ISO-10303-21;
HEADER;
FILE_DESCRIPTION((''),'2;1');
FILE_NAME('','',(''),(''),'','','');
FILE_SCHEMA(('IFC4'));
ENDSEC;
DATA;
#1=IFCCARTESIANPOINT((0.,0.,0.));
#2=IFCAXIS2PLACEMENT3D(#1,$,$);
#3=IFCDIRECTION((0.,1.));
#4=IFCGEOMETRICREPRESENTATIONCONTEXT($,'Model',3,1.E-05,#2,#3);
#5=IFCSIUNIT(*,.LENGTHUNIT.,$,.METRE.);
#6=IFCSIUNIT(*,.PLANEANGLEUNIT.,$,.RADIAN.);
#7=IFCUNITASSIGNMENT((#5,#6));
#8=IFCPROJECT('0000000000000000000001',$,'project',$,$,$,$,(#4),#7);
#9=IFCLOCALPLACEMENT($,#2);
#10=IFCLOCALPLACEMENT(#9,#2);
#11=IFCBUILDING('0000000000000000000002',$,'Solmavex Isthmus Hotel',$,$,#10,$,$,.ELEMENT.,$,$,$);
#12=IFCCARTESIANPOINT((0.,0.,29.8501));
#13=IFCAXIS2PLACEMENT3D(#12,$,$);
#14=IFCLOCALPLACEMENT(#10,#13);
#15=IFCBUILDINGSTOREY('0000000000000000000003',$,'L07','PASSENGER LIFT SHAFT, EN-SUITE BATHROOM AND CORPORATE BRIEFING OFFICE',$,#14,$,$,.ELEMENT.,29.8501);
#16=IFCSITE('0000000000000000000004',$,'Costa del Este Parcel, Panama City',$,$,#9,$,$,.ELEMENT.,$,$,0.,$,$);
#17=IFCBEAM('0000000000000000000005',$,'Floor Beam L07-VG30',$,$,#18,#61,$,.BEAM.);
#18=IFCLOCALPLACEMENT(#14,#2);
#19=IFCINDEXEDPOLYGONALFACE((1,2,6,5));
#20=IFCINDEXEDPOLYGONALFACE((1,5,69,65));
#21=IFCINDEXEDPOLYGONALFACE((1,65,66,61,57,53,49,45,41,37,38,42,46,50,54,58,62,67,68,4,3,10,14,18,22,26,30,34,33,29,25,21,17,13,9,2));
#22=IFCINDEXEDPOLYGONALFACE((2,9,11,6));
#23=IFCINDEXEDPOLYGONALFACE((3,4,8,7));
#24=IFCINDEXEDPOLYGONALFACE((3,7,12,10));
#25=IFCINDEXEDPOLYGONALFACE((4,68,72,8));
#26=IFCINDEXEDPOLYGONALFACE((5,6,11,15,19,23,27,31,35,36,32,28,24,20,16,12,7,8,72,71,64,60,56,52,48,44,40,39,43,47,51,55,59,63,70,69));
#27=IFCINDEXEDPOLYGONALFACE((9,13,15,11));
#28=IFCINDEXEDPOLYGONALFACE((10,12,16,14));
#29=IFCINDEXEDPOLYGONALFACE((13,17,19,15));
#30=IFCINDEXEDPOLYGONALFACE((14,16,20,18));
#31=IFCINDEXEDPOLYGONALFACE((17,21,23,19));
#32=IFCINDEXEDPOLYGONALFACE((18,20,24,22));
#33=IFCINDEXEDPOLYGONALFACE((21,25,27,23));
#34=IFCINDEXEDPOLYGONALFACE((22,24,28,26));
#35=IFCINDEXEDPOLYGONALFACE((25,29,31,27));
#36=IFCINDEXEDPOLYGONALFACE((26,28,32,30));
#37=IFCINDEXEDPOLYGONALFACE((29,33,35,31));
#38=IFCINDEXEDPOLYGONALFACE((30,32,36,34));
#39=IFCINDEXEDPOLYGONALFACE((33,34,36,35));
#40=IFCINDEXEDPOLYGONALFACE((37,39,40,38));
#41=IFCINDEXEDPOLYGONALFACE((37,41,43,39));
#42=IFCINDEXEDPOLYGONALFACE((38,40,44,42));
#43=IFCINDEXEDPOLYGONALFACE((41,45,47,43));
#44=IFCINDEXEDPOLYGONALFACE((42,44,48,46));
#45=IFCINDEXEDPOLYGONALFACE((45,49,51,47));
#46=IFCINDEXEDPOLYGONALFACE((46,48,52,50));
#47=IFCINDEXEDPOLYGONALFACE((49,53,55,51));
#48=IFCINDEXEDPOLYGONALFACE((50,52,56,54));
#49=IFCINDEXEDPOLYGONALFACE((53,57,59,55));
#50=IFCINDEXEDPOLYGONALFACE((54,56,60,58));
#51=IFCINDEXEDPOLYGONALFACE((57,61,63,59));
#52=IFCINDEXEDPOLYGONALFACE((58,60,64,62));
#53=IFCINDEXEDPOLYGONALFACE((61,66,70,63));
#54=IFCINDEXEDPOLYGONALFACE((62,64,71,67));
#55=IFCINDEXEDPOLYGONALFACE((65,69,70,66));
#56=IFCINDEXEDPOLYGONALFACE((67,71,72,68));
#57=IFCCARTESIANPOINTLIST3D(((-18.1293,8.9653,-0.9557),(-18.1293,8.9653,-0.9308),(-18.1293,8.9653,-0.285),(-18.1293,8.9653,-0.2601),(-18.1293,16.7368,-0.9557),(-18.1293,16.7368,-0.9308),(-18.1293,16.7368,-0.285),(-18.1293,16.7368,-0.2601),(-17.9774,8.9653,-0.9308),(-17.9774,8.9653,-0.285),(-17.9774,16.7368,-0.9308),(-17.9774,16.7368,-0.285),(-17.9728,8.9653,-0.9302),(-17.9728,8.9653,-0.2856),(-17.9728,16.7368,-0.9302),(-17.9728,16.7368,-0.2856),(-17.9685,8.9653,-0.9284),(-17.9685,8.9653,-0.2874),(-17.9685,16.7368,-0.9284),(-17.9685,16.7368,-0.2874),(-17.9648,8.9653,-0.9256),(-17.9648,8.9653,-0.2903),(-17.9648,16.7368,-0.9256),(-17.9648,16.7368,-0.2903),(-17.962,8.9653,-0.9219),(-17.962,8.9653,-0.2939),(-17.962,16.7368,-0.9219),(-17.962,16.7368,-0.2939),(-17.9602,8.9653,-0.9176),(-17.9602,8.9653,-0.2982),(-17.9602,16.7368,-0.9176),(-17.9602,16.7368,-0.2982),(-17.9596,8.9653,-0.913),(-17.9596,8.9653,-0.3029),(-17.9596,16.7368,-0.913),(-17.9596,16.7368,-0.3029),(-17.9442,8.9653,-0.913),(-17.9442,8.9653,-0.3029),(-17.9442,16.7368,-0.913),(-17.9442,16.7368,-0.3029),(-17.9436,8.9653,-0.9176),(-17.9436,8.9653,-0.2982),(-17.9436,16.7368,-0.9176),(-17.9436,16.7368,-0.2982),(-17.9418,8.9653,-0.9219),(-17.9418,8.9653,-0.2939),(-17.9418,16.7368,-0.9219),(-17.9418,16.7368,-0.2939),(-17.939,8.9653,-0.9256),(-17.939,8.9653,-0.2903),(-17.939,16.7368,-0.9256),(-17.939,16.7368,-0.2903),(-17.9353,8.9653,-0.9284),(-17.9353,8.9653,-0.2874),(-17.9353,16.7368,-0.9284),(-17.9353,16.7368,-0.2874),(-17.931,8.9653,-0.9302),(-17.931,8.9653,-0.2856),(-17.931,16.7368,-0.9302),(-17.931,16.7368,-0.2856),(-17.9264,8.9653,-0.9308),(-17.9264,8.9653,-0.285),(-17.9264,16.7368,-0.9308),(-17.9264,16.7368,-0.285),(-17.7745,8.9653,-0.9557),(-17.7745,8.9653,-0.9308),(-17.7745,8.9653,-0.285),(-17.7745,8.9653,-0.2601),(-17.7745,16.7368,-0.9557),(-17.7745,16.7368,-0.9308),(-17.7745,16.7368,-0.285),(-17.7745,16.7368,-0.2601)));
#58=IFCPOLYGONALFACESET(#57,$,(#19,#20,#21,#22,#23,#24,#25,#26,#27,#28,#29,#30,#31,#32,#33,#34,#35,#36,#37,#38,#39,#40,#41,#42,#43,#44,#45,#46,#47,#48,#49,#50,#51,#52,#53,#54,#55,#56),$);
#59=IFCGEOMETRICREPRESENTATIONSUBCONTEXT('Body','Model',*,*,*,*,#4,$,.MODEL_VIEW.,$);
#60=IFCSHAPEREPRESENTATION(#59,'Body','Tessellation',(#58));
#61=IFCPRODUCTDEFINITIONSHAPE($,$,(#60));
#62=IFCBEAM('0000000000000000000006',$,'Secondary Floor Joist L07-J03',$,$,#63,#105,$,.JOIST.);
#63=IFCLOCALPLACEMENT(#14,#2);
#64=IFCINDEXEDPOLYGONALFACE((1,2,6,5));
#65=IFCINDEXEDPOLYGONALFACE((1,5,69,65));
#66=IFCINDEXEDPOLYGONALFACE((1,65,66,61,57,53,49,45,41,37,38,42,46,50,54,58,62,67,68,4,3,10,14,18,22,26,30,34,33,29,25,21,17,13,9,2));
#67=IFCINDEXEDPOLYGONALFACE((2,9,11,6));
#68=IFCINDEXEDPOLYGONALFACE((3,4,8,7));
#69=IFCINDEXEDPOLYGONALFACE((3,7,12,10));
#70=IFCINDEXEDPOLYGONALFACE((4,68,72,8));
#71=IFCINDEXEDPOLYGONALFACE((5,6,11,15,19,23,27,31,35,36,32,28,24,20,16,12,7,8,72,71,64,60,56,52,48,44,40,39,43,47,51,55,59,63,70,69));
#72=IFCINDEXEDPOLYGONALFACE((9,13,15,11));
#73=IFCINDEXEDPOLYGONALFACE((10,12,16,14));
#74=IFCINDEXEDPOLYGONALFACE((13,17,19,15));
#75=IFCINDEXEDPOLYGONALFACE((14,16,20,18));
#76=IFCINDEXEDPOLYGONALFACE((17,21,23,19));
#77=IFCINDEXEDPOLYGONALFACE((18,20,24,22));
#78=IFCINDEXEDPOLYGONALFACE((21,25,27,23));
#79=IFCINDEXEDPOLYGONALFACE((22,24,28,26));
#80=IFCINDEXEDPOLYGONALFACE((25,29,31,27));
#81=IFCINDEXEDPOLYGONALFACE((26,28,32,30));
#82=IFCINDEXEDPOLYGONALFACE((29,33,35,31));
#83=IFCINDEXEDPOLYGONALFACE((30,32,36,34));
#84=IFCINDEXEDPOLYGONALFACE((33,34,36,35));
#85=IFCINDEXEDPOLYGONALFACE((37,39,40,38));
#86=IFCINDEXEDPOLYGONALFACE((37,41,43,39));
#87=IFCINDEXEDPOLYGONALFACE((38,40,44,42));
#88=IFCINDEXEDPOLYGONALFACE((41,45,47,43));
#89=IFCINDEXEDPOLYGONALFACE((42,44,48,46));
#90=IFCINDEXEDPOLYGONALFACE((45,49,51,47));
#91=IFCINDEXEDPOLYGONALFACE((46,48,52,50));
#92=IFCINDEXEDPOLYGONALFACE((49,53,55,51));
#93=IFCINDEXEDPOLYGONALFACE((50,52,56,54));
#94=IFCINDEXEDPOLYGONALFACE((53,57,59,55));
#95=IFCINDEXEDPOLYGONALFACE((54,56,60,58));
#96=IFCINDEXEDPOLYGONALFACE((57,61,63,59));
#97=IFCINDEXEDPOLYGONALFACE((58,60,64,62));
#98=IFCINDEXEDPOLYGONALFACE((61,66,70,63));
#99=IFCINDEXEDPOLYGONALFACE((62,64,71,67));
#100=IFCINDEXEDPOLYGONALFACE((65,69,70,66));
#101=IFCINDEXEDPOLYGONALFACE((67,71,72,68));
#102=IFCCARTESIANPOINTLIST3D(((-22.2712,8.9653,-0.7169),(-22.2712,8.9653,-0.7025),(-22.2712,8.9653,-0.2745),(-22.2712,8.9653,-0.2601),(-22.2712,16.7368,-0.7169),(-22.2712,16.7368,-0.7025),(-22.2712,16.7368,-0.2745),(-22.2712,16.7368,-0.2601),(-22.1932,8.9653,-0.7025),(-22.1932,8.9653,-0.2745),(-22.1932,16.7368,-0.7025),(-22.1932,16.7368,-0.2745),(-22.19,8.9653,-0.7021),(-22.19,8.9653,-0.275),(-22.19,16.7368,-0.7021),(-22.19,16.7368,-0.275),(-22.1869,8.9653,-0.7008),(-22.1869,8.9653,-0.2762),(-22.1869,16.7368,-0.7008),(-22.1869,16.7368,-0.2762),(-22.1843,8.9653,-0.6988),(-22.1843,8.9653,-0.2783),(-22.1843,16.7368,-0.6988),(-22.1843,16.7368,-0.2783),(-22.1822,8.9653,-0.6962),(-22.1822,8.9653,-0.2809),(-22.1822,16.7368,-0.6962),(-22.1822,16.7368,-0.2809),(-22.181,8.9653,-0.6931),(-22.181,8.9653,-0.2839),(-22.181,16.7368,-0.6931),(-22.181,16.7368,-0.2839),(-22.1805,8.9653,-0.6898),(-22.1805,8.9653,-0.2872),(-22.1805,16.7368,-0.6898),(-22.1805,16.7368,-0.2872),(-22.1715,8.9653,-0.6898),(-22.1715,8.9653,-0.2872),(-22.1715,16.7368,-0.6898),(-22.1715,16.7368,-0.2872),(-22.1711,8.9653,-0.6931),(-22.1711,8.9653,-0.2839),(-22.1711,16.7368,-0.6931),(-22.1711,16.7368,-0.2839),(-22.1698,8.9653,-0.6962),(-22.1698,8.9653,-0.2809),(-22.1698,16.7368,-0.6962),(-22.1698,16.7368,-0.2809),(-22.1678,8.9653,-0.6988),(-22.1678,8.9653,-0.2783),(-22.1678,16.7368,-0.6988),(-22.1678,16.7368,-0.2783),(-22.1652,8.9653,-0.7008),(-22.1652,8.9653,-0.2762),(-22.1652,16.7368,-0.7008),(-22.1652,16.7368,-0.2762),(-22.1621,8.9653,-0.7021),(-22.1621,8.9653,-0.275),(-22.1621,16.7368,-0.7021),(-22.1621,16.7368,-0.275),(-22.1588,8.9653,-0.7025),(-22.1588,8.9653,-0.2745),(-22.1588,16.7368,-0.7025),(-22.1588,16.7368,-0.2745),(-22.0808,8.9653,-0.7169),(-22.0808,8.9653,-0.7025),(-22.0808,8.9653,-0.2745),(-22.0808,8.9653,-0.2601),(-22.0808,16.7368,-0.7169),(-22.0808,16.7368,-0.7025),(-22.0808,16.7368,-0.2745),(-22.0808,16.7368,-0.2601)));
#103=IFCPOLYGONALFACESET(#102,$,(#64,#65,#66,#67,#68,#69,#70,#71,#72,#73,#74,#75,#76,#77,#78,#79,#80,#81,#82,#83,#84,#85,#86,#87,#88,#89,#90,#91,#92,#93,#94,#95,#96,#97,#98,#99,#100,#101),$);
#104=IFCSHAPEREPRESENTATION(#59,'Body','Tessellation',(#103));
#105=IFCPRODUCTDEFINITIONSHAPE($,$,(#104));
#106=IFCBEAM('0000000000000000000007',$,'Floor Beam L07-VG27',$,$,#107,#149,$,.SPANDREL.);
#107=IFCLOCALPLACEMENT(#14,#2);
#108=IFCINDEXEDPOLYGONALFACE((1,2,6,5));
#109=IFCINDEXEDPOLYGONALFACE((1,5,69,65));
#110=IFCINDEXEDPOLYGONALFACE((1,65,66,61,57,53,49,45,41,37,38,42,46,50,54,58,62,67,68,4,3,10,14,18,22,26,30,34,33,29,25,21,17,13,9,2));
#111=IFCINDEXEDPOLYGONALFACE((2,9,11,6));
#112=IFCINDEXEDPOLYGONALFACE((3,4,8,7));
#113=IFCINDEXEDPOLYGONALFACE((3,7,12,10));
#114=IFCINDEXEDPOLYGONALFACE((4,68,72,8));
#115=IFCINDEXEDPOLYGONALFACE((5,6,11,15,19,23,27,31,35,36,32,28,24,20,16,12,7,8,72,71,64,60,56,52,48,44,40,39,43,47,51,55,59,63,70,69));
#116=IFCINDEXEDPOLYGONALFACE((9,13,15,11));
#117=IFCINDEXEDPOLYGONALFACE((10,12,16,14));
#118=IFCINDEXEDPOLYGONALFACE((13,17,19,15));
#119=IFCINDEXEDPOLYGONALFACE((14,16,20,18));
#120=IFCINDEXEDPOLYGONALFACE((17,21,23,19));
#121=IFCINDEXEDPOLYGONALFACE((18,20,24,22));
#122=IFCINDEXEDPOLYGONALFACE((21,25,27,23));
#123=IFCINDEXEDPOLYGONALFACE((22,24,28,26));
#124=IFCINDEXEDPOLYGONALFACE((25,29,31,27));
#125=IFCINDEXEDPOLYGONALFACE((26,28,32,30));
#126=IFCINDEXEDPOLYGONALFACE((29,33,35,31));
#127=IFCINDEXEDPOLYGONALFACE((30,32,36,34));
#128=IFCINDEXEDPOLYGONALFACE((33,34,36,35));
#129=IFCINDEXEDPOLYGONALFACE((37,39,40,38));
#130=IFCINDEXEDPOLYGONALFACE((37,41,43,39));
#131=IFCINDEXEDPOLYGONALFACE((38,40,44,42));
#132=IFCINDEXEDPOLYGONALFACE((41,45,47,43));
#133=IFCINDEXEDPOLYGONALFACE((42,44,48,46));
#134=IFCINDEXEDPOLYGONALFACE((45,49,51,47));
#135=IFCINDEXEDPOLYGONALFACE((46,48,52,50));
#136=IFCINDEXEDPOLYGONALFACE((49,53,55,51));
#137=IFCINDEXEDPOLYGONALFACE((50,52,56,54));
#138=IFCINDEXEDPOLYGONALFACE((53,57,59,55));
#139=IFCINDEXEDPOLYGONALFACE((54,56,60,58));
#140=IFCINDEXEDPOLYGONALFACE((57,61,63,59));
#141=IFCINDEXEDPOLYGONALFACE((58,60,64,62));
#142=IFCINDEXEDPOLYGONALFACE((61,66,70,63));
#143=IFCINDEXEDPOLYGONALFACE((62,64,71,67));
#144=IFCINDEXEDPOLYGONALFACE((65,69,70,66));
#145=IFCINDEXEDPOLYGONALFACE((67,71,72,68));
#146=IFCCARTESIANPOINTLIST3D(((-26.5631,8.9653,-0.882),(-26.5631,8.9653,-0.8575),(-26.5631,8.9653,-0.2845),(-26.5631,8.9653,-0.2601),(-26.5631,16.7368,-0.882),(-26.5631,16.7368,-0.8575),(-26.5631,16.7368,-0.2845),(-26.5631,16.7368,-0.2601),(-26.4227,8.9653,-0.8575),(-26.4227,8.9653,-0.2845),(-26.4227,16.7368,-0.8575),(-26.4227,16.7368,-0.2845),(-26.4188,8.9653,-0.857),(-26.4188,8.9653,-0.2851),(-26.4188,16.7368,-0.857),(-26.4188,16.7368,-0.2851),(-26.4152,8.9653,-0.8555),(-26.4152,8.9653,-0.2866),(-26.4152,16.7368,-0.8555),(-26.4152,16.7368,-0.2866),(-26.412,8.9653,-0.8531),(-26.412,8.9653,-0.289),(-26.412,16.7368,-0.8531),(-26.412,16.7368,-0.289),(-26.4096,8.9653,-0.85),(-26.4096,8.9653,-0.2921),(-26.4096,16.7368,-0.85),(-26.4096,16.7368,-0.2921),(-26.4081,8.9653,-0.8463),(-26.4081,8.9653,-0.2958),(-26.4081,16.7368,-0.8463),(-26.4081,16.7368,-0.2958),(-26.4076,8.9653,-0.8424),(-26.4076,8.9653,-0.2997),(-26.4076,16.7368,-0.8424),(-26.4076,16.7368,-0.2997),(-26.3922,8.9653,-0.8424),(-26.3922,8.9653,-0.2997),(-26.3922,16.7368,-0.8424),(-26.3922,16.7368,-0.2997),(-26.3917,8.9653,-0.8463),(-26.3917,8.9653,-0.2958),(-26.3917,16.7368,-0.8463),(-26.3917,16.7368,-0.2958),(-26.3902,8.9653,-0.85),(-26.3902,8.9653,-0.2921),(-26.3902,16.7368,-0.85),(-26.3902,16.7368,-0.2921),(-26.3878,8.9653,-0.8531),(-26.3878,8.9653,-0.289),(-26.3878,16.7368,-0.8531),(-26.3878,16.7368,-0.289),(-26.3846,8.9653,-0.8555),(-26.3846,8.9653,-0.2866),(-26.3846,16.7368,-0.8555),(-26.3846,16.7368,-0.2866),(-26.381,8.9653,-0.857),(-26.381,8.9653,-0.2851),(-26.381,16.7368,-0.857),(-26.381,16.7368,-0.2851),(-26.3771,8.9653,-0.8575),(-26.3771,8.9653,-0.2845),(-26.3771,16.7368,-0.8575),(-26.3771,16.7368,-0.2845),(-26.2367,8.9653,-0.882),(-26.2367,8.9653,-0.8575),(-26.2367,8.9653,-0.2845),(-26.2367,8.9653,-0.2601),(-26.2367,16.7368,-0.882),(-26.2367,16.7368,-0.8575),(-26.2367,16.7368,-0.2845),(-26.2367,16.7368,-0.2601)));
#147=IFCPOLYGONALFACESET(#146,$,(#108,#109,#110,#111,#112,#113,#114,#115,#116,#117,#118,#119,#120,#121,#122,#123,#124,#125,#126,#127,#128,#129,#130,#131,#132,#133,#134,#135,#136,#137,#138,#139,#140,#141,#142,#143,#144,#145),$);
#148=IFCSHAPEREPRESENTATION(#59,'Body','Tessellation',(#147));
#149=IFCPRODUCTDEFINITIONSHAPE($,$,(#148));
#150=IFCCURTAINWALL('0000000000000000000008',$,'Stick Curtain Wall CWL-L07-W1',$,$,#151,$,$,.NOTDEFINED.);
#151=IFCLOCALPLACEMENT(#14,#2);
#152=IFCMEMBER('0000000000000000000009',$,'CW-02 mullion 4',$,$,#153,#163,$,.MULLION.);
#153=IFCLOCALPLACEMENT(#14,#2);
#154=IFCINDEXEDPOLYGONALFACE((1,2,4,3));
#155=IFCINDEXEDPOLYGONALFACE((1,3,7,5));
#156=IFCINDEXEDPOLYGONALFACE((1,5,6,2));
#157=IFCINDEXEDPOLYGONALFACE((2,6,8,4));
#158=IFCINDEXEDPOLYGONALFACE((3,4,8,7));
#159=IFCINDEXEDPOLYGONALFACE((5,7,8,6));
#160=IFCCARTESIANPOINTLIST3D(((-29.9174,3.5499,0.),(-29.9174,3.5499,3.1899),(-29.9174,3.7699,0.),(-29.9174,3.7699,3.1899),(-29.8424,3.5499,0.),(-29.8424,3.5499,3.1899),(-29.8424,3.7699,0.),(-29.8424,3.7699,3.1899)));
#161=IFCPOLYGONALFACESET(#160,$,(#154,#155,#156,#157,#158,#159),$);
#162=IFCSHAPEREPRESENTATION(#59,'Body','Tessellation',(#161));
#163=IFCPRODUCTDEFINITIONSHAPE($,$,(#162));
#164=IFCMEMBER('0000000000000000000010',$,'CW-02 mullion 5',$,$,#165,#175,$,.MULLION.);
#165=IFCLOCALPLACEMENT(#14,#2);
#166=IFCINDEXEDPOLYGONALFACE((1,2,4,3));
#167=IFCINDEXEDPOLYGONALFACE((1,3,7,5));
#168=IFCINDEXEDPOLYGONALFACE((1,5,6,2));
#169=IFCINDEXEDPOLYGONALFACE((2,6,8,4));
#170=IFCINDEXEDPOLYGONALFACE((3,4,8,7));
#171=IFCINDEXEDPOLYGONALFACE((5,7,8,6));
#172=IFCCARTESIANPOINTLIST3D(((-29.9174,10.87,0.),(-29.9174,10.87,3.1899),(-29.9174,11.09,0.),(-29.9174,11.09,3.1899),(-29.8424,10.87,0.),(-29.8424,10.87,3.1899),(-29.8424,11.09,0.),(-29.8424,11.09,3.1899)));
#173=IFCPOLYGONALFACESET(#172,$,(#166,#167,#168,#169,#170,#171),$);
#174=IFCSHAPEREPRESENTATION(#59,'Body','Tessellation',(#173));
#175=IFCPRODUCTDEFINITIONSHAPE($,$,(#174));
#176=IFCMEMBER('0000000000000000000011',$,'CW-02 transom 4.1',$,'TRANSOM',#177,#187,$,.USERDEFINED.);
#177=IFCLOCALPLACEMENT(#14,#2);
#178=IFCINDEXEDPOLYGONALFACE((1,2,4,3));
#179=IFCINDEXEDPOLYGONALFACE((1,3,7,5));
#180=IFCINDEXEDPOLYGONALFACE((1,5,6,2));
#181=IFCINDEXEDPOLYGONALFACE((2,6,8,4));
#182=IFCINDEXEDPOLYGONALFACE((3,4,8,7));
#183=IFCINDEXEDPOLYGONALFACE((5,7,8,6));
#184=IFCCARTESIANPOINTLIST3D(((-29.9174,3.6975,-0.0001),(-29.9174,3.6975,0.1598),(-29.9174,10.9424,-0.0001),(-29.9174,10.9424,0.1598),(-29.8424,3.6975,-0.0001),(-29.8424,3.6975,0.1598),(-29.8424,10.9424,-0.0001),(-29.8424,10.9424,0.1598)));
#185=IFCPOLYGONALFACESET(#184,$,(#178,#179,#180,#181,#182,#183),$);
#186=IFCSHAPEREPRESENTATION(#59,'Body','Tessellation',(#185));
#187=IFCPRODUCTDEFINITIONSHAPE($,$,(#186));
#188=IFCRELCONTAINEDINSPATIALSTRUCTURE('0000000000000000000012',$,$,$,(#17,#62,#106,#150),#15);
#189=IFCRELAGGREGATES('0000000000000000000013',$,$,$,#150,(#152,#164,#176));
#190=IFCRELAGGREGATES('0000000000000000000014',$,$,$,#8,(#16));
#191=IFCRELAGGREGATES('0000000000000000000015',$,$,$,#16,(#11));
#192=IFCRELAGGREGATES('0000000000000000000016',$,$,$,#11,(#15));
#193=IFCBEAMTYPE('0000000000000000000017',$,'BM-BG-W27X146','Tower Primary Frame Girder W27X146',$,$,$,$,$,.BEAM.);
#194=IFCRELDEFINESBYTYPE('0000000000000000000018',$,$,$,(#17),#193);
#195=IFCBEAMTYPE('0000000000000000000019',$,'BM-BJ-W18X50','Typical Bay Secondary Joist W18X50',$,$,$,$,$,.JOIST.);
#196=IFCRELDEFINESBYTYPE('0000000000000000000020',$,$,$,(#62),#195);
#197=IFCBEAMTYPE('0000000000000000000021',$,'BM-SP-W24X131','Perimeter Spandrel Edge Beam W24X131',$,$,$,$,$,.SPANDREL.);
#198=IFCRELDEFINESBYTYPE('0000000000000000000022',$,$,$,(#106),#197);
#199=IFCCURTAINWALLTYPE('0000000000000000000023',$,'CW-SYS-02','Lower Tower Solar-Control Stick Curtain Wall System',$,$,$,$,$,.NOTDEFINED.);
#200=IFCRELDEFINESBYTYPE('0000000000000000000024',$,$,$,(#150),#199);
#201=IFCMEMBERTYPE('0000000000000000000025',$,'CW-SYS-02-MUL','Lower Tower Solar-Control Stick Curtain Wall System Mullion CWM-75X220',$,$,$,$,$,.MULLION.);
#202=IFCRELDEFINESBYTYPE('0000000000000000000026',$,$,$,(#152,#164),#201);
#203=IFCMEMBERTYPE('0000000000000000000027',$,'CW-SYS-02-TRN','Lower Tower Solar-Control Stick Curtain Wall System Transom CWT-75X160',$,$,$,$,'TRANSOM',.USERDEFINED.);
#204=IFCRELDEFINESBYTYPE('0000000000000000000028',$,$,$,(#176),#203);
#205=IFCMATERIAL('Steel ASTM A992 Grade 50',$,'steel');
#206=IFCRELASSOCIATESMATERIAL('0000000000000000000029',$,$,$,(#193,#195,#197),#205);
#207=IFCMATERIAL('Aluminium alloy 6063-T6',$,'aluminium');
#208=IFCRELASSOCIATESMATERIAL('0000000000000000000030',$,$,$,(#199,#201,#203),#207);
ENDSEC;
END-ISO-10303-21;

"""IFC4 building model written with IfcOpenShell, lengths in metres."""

from ifc_helpers import new_model, si_unit, direction, frame, origin, origin_2d, place, context, subcontext, project, spatial, rectangle, i_section, extrude, material, material_profile, profile_set, type_object, element, aggregate, save


model = new_model("IFC4")

# Units and contexts
model_context = context("Model", 3, precision=1e-05, world=origin(), true_north=direction((0.0, 1.0)))
body_context = subcontext(model_context, "Body", "Model", "MODEL_VIEW")
ifc_project = project(units=[si_unit("LENGTHUNIT", "METRE"), si_unit("PLANEANGLEUNIT", "RADIAN")], contexts=[model_context])

# Site, building, storey
site_placement = place(None, origin())
site = spatial("IfcSite", under=ifc_project, at=site_placement, Name="Costa del Este Parcel, Panama City", CompositionType="ELEMENT", RefElevation=0.0)
building_placement = place(site_placement, origin())
building = spatial("IfcBuilding", under=site, at=building_placement, Name="Solmavex Isthmus Hotel", CompositionType="ELEMENT")
storey_placement = place(building_placement, frame((0.0, 0.0, 29.8501)))
storey = spatial("IfcBuildingStorey", under=building, at=storey_placement, Name="L07", Description="PASSENGER LIFT SHAFT, EN-SUITE BATHROOM AND CORPORATE BRIEFING OFFICE", CompositionType="ELEMENT", Elevation=29.8501)

# Beams
ifc_material_1 = material(Name="Steel ASTM A992 Grade 50", Category="steel")
ifc_material_profile_1 = material_profile(ifc_material_1, i_section(OverallWidth=0.3547, OverallDepth=0.6956, WebThickness=0.0154, FlangeThickness=0.0249, FilletRadius=0.0178, at=origin_2d()), Name="W27X146")
ifc_profile_set_1 = profile_set([ifc_material_profile_1], Name="Steel ASTM A992 Grade 50")
beam_type_1 = type_object("IfcBeamType", Name="BM-BG-W27X146", Description="Tower Primary Frame Girder W27X146", PredefinedType="BEAM", material=ifc_profile_set_1)
beam_1_placement = place(storey_placement, frame((-17.9519, 8.9653, -0.6079), z_axis=(0.0, 1.0, 0.0), x_axis=(-1.0, 0.0, 0.0)))
element("IfcBeam", 1, at=beam_1_placement, inside=storey, type_object=beam_type_1, Name="Floor Beam L07-VG30", PredefinedType="BEAM", context=body_context, shape_type="SweptSolid", body=[
    extrude(i_section(OverallWidth=0.3547, OverallDepth=0.6956, WebThickness=0.0154, FlangeThickness=0.0249, FilletRadius=0.0178, at=origin_2d()), origin(), (0.0, 0.0, 1.0), 7.7715),
])
ifc_material_profile_2 = material_profile(ifc_material_1, i_section(OverallWidth=0.1904, OverallDepth=0.4568, WebThickness=0.009, FlangeThickness=0.0144, FilletRadius=0.0127, at=origin_2d()), Name="W18X50")
ifc_profile_set_2 = profile_set([ifc_material_profile_2], Name="Steel ASTM A992 Grade 50")
beam_type_2 = type_object("IfcBeamType", Name="BM-BJ-W18X50", Description="Typical Bay Secondary Joist W18X50", PredefinedType="JOIST", material=ifc_profile_set_2)
beam_2_placement = place(storey_placement, frame((-22.176, 8.9653, -0.4885), z_axis=(0.0, 1.0, 0.0), x_axis=(-1.0, 0.0, 0.0)))
element("IfcBeam", 2, at=beam_2_placement, inside=storey, type_object=beam_type_2, Name="Secondary Floor Joist L07-J03", PredefinedType="JOIST", context=body_context, shape_type="SweptSolid", body=[
    extrude(i_section(OverallWidth=0.1904, OverallDepth=0.4568, WebThickness=0.009, FlangeThickness=0.0144, FilletRadius=0.0127, at=origin_2d()), origin(), (0.0, 0.0, 1.0), 7.7715),
])
ifc_material_profile_3 = material_profile(ifc_material_1, i_section(OverallWidth=0.3264, OverallDepth=0.6218, WebThickness=0.0154, FlangeThickness=0.0244, FilletRadius=0.0151, at=origin_2d()), Name="W24X131")
ifc_profile_set_3 = profile_set([ifc_material_profile_3], Name="Steel ASTM A992 Grade 50")
beam_type_3 = type_object("IfcBeamType", Name="BM-SP-W24X131", Description="Perimeter Spandrel Edge Beam W24X131", PredefinedType="SPANDREL", material=ifc_profile_set_3)
beam_3_placement = place(storey_placement, frame((-26.3999, 8.9653, -0.571), z_axis=(0.0, 1.0, 0.0), x_axis=(-1.0, 0.0, 0.0)))
element("IfcBeam", 3, at=beam_3_placement, inside=storey, type_object=beam_type_3, Name="Floor Beam L07-VG27", PredefinedType="SPANDREL", context=body_context, shape_type="SweptSolid", body=[
    extrude(i_section(OverallWidth=0.3264, OverallDepth=0.6218, WebThickness=0.0154, FlangeThickness=0.0244, FilletRadius=0.0151, at=origin_2d()), origin(), (0.0, 0.0, 1.0), 7.7715),
])

# Curtain wall, members
ifc_material_2 = material(Name="Aluminium alloy 6063-T6", Category="aluminium")
curtain_wall_type = type_object("IfcCurtainWallType", Name="CW-SYS-02", Description="Lower Tower Solar-Control Stick Curtain Wall System", PredefinedType="NOTDEFINED", material=ifc_material_2)
curtain_wall_placement = place(storey_placement, origin())
curtain_wall = element("IfcCurtainWall", 4, at=curtain_wall_placement, inside=storey, type_object=curtain_wall_type, Name="Stick Curtain Wall CWL-L07-W1", PredefinedType="NOTDEFINED")
ifc_material_profile_4 = material_profile(ifc_material_2, rectangle(XDim=0.075, YDim=0.22, at=origin_2d()), Name="CWM-75X220")
ifc_profile_set_4 = profile_set([ifc_material_profile_4], Name="Aluminium alloy 6063-T6")
member_type_1 = type_object("IfcMemberType", Name="CW-SYS-02-MUL", Description="Lower Tower Solar-Control Stick Curtain Wall System Mullion CWM-75X220", PredefinedType="MULLION", material=ifc_profile_set_4)
member_1_placement = place(storey_placement, frame((-29.8799, 3.6599, 0.0), z_axis=(0.0, 0.0, 1.0), x_axis=(-1.0, 0.0, 0.0)))
member_1 = element("IfcMember", 5, at=member_1_placement, type_object=member_type_1, Name="CW-02 mullion 4", PredefinedType="MULLION", context=body_context, shape_type="SweptSolid", body=[
    extrude(rectangle(XDim=0.075, YDim=0.22, at=origin_2d()), origin(), (0.0, 0.0, 1.0), 3.1899),
])
member_2_placement = place(storey_placement, frame((-29.8799, 10.98, 0.0), z_axis=(0.0, 0.0, 1.0), x_axis=(-1.0, 0.0, 0.0)))
member_2 = element("IfcMember", 6, at=member_2_placement, type_object=member_type_1, Name="CW-02 mullion 5", PredefinedType="MULLION", context=body_context, shape_type="SweptSolid", body=[
    extrude(rectangle(XDim=0.075, YDim=0.22, at=origin_2d()), origin(), (0.0, 0.0, 1.0), 3.1899),
])
ifc_material_profile_5 = material_profile(ifc_material_2, rectangle(XDim=0.075, YDim=0.1599, at=origin_2d()), Name="CWT-75X160")
ifc_profile_set_5 = profile_set([ifc_material_profile_5], Name="Aluminium alloy 6063-T6")
member_type_2 = type_object("IfcMemberType", Name="CW-SYS-02-TRN", Description="Lower Tower Solar-Control Stick Curtain Wall System Transom CWT-75X160", ElementType="TRANSOM", PredefinedType="USERDEFINED", material=ifc_profile_set_5)
member_3_placement = place(storey_placement, frame((-29.8799, 3.6975, 0.0798), z_axis=(0.0, 1.0, 0.0), x_axis=(-1.0, 0.0, 0.0)))
member_3 = element("IfcMember", 7, at=member_3_placement, type_object=member_type_2, Name="CW-02 transom 4.1", ObjectType="TRANSOM", PredefinedType="USERDEFINED", context=body_context, shape_type="SweptSolid", body=[
    extrude(rectangle(XDim=0.075, YDim=0.1599, at=origin_2d()), origin(), (0.0, 0.0, 1.0), 7.2449),
])
aggregate(curtain_wall, [member_1, member_2, member_3])

save(model, "model.ifc")
